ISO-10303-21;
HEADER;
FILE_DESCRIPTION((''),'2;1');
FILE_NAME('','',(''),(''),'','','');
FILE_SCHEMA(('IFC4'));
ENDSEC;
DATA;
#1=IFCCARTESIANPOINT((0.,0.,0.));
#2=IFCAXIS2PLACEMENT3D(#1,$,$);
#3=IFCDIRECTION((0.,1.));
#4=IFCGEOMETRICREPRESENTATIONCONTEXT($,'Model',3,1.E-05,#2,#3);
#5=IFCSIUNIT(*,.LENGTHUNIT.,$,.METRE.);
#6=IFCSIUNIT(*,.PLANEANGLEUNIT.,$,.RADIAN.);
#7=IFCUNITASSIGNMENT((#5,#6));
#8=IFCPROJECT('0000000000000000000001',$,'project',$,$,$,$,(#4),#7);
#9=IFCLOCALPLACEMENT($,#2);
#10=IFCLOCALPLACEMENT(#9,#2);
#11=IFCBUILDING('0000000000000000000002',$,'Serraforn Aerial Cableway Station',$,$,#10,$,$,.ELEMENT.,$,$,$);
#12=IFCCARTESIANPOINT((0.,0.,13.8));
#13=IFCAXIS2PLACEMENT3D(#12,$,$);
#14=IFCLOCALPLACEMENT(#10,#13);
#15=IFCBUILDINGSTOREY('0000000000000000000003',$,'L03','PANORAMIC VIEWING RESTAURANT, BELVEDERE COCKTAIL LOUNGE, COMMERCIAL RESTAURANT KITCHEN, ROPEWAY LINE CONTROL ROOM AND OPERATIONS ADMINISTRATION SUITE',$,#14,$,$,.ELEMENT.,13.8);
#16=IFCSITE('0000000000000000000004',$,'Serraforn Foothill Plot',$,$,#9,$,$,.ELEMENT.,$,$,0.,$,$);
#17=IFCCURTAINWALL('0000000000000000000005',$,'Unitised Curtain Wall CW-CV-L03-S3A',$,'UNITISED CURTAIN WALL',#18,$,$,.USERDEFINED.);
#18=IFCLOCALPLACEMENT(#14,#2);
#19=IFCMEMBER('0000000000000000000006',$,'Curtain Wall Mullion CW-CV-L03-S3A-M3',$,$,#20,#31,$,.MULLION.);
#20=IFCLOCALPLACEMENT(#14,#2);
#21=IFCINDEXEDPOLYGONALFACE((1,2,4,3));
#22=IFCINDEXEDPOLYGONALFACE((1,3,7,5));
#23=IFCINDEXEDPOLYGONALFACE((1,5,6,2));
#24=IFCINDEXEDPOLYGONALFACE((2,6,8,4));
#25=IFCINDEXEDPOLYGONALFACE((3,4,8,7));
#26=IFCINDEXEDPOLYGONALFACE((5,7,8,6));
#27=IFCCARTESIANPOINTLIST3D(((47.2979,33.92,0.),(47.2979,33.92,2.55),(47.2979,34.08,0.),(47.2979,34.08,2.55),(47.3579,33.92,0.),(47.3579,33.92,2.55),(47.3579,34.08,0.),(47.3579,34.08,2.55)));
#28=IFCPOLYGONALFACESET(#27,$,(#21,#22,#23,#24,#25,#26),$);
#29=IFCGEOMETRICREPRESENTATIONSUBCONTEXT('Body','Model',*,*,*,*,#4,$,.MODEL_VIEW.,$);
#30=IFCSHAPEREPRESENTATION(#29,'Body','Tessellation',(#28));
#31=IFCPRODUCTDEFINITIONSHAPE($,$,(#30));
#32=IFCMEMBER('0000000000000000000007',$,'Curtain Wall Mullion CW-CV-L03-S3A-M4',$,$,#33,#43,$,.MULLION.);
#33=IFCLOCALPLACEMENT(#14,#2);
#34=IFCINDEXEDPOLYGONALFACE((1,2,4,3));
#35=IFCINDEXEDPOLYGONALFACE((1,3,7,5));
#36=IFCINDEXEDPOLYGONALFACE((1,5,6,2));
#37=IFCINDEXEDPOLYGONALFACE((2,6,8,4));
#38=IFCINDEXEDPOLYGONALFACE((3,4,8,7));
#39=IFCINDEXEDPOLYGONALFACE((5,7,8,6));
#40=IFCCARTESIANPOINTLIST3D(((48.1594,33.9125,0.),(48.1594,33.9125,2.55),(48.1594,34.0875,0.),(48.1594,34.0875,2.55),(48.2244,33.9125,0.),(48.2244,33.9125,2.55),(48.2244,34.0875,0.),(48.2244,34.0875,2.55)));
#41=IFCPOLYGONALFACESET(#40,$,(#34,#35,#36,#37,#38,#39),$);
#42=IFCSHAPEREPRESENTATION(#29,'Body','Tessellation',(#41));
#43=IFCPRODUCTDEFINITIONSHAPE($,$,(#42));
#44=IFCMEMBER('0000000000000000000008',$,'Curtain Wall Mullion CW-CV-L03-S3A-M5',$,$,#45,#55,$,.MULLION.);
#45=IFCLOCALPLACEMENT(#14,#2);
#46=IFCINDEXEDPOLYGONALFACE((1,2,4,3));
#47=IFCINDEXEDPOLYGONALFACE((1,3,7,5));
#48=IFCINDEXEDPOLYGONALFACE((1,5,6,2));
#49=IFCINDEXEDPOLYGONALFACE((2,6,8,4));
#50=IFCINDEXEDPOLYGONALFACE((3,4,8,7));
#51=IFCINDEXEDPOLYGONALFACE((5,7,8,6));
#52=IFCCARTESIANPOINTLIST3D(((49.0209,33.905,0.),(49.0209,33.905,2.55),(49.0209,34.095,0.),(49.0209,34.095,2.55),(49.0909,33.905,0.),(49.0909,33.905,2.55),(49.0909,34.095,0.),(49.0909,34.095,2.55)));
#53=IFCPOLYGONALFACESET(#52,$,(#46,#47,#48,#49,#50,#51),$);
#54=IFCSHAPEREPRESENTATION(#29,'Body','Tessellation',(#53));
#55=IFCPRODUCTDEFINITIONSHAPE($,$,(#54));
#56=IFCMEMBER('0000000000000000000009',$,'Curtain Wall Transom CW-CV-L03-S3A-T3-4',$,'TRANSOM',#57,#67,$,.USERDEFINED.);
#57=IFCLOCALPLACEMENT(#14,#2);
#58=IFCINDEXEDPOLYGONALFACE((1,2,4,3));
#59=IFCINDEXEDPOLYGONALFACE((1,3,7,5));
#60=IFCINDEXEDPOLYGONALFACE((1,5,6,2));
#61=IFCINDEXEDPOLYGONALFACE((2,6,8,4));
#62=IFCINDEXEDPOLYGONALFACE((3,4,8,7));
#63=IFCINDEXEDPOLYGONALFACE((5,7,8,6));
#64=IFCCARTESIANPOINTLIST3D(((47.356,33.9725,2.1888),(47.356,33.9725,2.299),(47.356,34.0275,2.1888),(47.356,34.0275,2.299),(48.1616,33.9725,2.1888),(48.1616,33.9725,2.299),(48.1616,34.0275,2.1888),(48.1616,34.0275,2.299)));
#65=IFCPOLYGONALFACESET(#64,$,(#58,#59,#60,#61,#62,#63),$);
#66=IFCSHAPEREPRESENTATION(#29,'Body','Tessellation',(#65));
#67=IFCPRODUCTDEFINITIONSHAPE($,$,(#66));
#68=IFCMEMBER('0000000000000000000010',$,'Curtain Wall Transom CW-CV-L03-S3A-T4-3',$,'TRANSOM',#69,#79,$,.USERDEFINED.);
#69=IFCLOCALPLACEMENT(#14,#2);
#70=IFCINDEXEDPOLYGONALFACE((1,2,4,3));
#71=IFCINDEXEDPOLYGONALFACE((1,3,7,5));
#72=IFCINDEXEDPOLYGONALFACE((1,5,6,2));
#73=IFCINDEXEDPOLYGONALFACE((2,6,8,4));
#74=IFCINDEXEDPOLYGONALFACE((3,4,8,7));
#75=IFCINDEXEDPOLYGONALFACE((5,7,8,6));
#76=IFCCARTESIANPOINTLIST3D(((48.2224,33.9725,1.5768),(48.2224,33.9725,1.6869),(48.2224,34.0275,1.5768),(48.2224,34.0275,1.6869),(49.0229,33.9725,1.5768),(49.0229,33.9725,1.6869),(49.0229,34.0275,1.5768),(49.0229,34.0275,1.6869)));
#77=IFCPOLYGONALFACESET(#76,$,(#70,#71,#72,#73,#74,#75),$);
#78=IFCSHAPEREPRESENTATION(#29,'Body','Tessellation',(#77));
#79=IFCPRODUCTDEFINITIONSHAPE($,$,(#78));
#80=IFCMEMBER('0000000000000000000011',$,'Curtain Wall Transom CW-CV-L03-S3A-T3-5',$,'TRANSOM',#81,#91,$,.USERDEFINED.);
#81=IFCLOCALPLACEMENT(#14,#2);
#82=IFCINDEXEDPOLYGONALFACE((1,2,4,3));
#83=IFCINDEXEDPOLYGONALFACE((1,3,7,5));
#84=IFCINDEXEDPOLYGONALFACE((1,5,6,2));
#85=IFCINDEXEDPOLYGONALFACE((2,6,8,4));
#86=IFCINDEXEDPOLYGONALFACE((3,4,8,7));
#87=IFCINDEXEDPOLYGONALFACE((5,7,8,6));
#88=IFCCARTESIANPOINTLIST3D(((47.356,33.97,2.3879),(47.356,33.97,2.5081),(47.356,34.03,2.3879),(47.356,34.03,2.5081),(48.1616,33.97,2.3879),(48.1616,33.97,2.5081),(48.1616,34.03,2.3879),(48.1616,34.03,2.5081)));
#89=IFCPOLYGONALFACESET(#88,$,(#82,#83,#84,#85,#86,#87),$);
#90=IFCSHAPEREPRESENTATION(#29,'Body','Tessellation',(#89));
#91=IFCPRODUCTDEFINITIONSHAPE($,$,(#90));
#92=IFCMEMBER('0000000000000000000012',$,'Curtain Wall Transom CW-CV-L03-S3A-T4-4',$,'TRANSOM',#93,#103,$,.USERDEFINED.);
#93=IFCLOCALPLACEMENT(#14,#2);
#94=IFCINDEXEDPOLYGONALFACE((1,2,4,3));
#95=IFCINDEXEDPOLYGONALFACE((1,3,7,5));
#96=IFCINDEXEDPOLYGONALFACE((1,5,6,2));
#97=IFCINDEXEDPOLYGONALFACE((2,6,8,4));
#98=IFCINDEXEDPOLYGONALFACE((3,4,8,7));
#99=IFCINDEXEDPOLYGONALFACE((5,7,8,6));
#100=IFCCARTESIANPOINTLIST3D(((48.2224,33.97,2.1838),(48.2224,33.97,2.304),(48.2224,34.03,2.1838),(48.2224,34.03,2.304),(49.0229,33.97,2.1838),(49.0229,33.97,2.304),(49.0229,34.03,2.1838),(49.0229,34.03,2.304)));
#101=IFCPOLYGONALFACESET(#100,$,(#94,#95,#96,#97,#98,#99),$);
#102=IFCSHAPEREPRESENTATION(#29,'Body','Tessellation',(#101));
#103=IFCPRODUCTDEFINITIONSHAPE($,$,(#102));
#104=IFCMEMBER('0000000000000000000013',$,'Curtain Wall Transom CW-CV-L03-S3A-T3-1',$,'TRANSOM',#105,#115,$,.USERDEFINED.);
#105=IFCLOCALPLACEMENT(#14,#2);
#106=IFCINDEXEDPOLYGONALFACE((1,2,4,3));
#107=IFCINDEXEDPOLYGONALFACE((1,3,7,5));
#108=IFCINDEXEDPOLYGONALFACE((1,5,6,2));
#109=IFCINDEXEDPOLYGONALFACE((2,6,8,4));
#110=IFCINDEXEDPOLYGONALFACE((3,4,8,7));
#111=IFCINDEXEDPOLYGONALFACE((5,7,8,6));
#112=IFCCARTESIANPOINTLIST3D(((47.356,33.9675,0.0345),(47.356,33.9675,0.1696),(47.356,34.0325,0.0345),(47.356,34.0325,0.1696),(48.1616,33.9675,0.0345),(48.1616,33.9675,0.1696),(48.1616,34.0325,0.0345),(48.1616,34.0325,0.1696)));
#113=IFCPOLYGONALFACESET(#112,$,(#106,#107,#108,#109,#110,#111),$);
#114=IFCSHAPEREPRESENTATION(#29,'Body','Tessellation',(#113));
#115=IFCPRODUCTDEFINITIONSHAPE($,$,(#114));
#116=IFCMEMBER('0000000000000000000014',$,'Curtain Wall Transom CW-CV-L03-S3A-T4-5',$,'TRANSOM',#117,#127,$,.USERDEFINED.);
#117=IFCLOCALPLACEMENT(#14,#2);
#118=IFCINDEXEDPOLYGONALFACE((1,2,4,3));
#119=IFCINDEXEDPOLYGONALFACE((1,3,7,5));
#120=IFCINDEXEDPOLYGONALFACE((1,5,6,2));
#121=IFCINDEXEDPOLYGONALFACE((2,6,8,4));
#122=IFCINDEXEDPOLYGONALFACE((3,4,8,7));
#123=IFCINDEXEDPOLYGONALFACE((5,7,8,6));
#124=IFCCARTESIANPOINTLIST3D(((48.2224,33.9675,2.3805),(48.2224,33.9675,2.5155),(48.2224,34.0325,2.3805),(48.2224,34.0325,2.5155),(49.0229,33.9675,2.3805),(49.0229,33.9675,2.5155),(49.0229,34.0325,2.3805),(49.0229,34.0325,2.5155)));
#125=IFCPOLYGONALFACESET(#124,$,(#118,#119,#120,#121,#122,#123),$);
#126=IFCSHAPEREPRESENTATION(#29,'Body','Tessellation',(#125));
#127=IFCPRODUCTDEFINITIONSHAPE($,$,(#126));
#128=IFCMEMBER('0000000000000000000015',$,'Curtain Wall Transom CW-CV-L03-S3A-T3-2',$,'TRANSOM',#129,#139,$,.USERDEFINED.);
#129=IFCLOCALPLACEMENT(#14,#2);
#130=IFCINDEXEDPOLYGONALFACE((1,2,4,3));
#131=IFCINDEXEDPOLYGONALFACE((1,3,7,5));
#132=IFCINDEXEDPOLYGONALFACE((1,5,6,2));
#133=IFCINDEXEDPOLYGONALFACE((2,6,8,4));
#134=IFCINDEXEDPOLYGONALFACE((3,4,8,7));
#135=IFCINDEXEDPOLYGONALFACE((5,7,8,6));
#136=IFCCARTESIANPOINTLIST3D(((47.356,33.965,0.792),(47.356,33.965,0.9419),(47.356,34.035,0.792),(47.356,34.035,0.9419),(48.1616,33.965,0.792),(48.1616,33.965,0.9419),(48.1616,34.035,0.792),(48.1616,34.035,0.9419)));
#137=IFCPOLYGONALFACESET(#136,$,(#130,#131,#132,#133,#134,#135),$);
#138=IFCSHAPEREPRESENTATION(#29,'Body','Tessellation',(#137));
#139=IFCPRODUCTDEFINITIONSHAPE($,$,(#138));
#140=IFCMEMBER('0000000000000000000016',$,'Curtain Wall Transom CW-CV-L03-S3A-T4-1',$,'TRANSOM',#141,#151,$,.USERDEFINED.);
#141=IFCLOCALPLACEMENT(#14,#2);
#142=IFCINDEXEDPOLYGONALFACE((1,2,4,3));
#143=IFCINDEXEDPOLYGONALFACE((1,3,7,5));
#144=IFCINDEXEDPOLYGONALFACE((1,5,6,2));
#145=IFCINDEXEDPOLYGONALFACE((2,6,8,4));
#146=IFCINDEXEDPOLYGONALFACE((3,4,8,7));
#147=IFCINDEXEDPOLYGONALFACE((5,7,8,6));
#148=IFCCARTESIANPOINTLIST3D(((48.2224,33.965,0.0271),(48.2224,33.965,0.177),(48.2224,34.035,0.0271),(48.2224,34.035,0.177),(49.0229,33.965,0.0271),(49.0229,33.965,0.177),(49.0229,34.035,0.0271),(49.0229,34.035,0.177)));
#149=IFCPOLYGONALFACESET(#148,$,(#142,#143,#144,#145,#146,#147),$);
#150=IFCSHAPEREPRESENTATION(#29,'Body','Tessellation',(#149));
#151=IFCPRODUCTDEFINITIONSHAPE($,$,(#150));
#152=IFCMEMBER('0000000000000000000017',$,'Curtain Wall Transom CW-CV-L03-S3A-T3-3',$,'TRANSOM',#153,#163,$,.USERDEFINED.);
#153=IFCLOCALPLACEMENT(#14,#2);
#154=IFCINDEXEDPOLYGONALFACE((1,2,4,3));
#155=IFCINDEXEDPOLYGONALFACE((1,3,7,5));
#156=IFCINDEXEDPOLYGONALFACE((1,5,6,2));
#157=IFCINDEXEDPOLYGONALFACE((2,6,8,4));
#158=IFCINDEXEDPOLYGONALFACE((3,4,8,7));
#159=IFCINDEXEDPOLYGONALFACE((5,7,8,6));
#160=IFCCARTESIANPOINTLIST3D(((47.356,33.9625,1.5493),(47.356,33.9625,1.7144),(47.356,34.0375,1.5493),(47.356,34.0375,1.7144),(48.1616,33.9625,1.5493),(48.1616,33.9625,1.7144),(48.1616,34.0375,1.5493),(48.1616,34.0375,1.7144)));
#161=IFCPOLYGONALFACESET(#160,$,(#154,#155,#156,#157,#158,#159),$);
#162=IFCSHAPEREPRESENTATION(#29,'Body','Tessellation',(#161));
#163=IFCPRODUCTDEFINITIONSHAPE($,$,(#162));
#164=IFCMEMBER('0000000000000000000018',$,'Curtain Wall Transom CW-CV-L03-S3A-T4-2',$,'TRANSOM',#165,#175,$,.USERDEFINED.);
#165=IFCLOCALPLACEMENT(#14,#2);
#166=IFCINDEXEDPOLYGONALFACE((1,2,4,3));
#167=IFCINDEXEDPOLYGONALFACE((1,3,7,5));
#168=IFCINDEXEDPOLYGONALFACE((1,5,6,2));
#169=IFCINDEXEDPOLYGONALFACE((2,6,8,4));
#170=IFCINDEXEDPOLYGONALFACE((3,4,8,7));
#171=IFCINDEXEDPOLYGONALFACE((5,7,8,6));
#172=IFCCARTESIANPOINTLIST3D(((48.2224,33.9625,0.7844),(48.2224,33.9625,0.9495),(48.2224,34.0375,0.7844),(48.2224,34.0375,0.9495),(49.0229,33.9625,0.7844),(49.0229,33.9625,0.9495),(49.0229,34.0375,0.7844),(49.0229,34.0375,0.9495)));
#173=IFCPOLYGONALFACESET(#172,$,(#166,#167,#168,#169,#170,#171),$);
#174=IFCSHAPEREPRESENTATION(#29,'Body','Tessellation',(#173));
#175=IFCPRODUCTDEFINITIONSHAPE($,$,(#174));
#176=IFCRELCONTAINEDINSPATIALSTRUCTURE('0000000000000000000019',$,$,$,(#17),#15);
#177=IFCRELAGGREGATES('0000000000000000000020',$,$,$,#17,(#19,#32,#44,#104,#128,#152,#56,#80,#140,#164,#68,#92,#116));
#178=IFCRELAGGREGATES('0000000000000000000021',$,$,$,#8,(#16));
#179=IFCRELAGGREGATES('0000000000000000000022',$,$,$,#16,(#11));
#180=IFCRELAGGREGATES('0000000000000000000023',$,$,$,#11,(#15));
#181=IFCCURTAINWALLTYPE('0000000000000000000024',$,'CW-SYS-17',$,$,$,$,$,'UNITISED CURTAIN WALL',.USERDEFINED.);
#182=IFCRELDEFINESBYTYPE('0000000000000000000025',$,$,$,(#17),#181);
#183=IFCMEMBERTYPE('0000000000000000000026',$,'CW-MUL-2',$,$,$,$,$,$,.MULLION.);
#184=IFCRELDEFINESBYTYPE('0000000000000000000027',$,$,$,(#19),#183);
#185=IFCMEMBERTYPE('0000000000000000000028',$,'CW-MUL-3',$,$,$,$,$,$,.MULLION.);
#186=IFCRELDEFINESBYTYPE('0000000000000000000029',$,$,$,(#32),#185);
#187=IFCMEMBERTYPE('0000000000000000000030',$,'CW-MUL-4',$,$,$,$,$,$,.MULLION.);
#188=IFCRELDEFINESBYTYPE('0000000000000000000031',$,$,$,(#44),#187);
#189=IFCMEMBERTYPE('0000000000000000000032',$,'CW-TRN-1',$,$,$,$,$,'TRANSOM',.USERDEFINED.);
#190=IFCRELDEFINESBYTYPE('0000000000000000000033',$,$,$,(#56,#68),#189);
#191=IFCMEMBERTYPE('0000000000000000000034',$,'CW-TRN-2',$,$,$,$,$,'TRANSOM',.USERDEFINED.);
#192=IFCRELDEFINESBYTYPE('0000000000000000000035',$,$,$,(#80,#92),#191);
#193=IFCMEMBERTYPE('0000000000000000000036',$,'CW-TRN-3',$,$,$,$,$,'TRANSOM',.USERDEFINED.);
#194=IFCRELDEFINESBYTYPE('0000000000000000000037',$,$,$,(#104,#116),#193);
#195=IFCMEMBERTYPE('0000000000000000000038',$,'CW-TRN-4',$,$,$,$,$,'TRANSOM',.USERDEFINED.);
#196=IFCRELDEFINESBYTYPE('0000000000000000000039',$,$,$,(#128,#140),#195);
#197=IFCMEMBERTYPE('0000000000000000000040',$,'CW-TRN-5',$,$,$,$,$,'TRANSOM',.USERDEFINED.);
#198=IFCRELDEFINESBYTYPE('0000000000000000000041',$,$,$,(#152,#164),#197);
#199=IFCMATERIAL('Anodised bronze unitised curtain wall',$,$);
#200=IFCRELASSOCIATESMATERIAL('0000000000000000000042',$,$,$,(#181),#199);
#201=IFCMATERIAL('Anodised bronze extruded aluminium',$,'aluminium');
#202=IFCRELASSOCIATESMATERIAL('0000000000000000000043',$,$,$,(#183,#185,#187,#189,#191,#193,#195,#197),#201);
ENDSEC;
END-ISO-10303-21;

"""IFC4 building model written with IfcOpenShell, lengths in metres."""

from ifc_helpers import new_model, si_unit, direction, frame, origin, origin_2d, place, context, subcontext, project, spatial, rectangle, extrude, material, material_profile, profile_set, type_object, element, aggregate, save


model = new_model("IFC4")

# Units and contexts
model_context = context("Model", 3, precision=1e-05, world=origin(), true_north=direction((0.0, 1.0)))
body_context = subcontext(model_context, "Body", "Model", "MODEL_VIEW")
ifc_project = project(units=[si_unit("LENGTHUNIT", "METRE"), si_unit("PLANEANGLEUNIT", "RADIAN")], contexts=[model_context])

# Site, building, storey
site_placement = place(None, origin())
site = spatial("IfcSite", under=ifc_project, at=site_placement, Name="Serraforn Foothill Plot", CompositionType="ELEMENT", RefElevation=0.0)
building_placement = place(site_placement, origin())
building = spatial("IfcBuilding", under=site, at=building_placement, Name="Serraforn Aerial Cableway Station", CompositionType="ELEMENT")
storey_placement = place(building_placement, frame((0.0, 0.0, 13.8)))
storey = spatial("IfcBuildingStorey", under=building, at=storey_placement, Name="L03", Description="PANORAMIC VIEWING RESTAURANT, BELVEDERE COCKTAIL LOUNGE, COMMERCIAL RESTAURANT KITCHEN, ROPEWAY LINE CONTROL ROOM AND OPERATIONS ADMINISTRATION SUITE", CompositionType="ELEMENT", Elevation=13.8)

# Curtain wall, members
ifc_material_1 = material(Name="Anodised bronze unitised curtain wall")
curtain_wall_type = type_object("IfcCurtainWallType", Name="CW-SYS-17", ElementType="UNITISED CURTAIN WALL", PredefinedType="USERDEFINED", material=ifc_material_1)
curtain_wall_placement = place(storey_placement, origin())
curtain_wall = element("IfcCurtainWall", 1, at=curtain_wall_placement, inside=storey, type_object=curtain_wall_type, Name="Unitised Curtain Wall CW-CV-L03-S3A", ObjectType="UNITISED CURTAIN WALL", PredefinedType="USERDEFINED")
ifc_material_2 = material(Name="Anodised bronze extruded aluminium", Category="aluminium")
ifc_material_profile_1 = material_profile(ifc_material_2, rectangle(XDim=0.0601, YDim=0.1599, at=origin_2d()), Name="CW MULLION 60x160")
ifc_profile_set_1 = profile_set([ifc_material_profile_1], Name="Anodised bronze extruded aluminium")
member_type_1 = type_object("IfcMemberType", Name="CW-MUL-2", PredefinedType="MULLION", material=ifc_profile_set_1)
member_1_placement = place(storey_placement, frame((47.3279, 34.0, 0.0), z_axis=(0.0, 0.0, 1.0), x_axis=(1.0, 0.0, 0.0)))
member_1 = element("IfcMember", 2, at=member_1_placement, type_object=member_type_1, Name="Curtain Wall Mullion CW-CV-L03-S3A-M3", PredefinedType="MULLION", context=body_context, shape_type="SweptSolid", body=[
    extrude(rectangle(XDim=0.0601, YDim=0.1599, at=origin_2d()), origin(), (0.0, 0.0, 1.0), 2.55),
])
ifc_material_profile_2 = material_profile(ifc_material_2, rectangle(XDim=0.0649, YDim=0.175, at=origin_2d()), Name="CW MULLION 65x175")
ifc_profile_set_2 = profile_set([ifc_material_profile_2], Name="Anodised bronze extruded aluminium")
member_type_2 = type_object("IfcMemberType", Name="CW-MUL-3", PredefinedType="MULLION", material=ifc_profile_set_2)
member_2_placement = place(storey_placement, frame((48.1919, 34.0, 0.0), z_axis=(0.0, 0.0, 1.0), x_axis=(1.0, 0.0, 0.0)))
member_2 = element("IfcMember", 3, at=member_2_placement, type_object=member_type_2, Name="Curtain Wall Mullion CW-CV-L03-S3A-M4", PredefinedType="MULLION", context=body_context, shape_type="SweptSolid", body=[
    extrude(rectangle(XDim=0.0649, YDim=0.175, at=origin_2d()), origin(), (0.0, 0.0, 1.0), 2.55),
])
ifc_material_profile_3 = material_profile(ifc_material_2, rectangle(XDim=0.0701, YDim=0.1899, at=origin_2d()), Name="CW MULLION 70x190")
ifc_profile_set_3 = profile_set([ifc_material_profile_3], Name="Anodised bronze extruded aluminium")
member_type_3 = type_object("IfcMemberType", Name="CW-MUL-4", PredefinedType="MULLION", material=ifc_profile_set_3)
member_3_placement = place(storey_placement, frame((49.0559, 34.0, 0.0), z_axis=(0.0, 0.0, 1.0), x_axis=(1.0, 0.0, 0.0)))
member_3 = element("IfcMember", 4, at=member_3_placement, type_object=member_type_3, Name="Curtain Wall Mullion CW-CV-L03-S3A-M5", PredefinedType="MULLION", context=body_context, shape_type="SweptSolid", body=[
    extrude(rectangle(XDim=0.0701, YDim=0.1899, at=origin_2d()), origin(), (0.0, 0.0, 1.0), 2.55),
])
ifc_material_profile_4 = material_profile(ifc_material_2, rectangle(XDim=0.0549, YDim=0.1101, at=origin_2d()), Name="CW TRANSOM 55x110")
ifc_profile_set_4 = profile_set([ifc_material_profile_4], Name="Anodised bronze extruded aluminium")
member_type_4 = type_object("IfcMemberType", Name="CW-TRN-1", ElementType="TRANSOM", PredefinedType="USERDEFINED", material=ifc_profile_set_4)
member_4_placement = place(storey_placement, frame((47.356, 34.0, 2.2439), z_axis=(1.0, 0.0, 0.0), x_axis=(0.0, 1.0, 0.0)))
member_4 = element("IfcMember", 5, at=member_4_placement, type_object=member_type_4, Name="Curtain Wall Transom CW-CV-L03-S3A-T3-4", ObjectType="TRANSOM", PredefinedType="USERDEFINED", context=body_context, shape_type="SweptSolid", body=[
    extrude(rectangle(XDim=0.0549, YDim=0.1101, at=origin_2d()), origin(), (0.0, 0.0, 1.0), 0.8057),
])
member_5_placement = place(storey_placement, frame((48.2224, 34.0, 1.6318), z_axis=(1.0, 0.0, 0.0), x_axis=(0.0, 1.0, 0.0)))
member_5 = element("IfcMember", 6, at=member_5_placement, type_object=member_type_4, Name="Curtain Wall Transom CW-CV-L03-S3A-T4-3", ObjectType="TRANSOM", PredefinedType="USERDEFINED", context=body_context, shape_type="SweptSolid", body=[
    extrude(rectangle(XDim=0.0549, YDim=0.1101, at=origin_2d()), origin(), (0.0, 0.0, 1.0), 0.8005),
])
ifc_material_profile_5 = material_profile(ifc_material_2, rectangle(XDim=0.0601, YDim=0.1201, at=origin_2d()), Name="CW TRANSOM 60x120")
ifc_profile_set_5 = profile_set([ifc_material_profile_5], Name="Anodised bronze extruded aluminium")
member_type_5 = type_object("IfcMemberType", Name="CW-TRN-2", ElementType="TRANSOM", PredefinedType="USERDEFINED", material=ifc_profile_set_5)
member_6_placement = place(storey_placement, frame((47.356, 34.0, 2.448), z_axis=(1.0, 0.0, 0.0), x_axis=(0.0, 1.0, 0.0)))
member_6 = element("IfcMember", 7, at=member_6_placement, type_object=member_type_5, Name="Curtain Wall Transom CW-CV-L03-S3A-T3-5", ObjectType="TRANSOM", PredefinedType="USERDEFINED", context=body_context, shape_type="SweptSolid", body=[
    extrude(rectangle(XDim=0.0601, YDim=0.1201, at=origin_2d()), origin(), (0.0, 0.0, 1.0), 0.8057),
])
member_7_placement = place(storey_placement, frame((48.2224, 34.0, 2.2439), z_axis=(1.0, 0.0, 0.0), x_axis=(0.0, 1.0, 0.0)))
member_7 = element("IfcMember", 8, at=member_7_placement, type_object=member_type_5, Name="Curtain Wall Transom CW-CV-L03-S3A-T4-4", ObjectType="TRANSOM", PredefinedType="USERDEFINED", context=body_context, shape_type="SweptSolid", body=[
    extrude(rectangle(XDim=0.0601, YDim=0.1201, at=origin_2d()), origin(), (0.0, 0.0, 1.0), 0.8005),
])
ifc_material_profile_6 = material_profile(ifc_material_2, rectangle(XDim=0.0649, YDim=0.135, at=origin_2d()), Name="CW TRANSOM 65x135")
ifc_profile_set_6 = profile_set([ifc_material_profile_6], Name="Anodised bronze extruded aluminium")
member_type_6 = type_object("IfcMemberType", Name="CW-TRN-3", ElementType="TRANSOM", PredefinedType="USERDEFINED", material=ifc_profile_set_6)
member_8_placement = place(storey_placement, frame((47.356, 34.0, 0.1021), z_axis=(1.0, 0.0, 0.0), x_axis=(0.0, 1.0, 0.0)))
member_8 = element("IfcMember", 9, at=member_8_placement, type_object=member_type_6, Name="Curtain Wall Transom CW-CV-L03-S3A-T3-1", ObjectType="TRANSOM", PredefinedType="USERDEFINED", context=body_context, shape_type="SweptSolid", body=[
    extrude(rectangle(XDim=0.0649, YDim=0.135, at=origin_2d()), origin(), (0.0, 0.0, 1.0), 0.8057),
])
member_9_placement = place(storey_placement, frame((48.2224, 34.0, 2.448), z_axis=(1.0, 0.0, 0.0), x_axis=(0.0, 1.0, 0.0)))
member_9 = element("IfcMember", 10, at=member_9_placement, type_object=member_type_6, Name="Curtain Wall Transom CW-CV-L03-S3A-T4-5", ObjectType="TRANSOM", PredefinedType="USERDEFINED", context=body_context, shape_type="SweptSolid", body=[
    extrude(rectangle(XDim=0.0649, YDim=0.135, at=origin_2d()), origin(), (0.0, 0.0, 1.0), 0.8005),
])
ifc_material_profile_7 = material_profile(ifc_material_2, rectangle(XDim=0.0701, YDim=0.1499, at=origin_2d()), Name="CW TRANSOM 70x150")
ifc_profile_set_7 = profile_set([ifc_material_profile_7], Name="Anodised bronze extruded aluminium")
member_type_7 = type_object("IfcMemberType", Name="CW-TRN-4", ElementType="TRANSOM", PredefinedType="USERDEFINED", material=ifc_profile_set_7)
member_10_placement = place(storey_placement, frame((47.356, 34.0, 0.8669), z_axis=(1.0, 0.0, 0.0), x_axis=(0.0, 1.0, 0.0)))
member_10 = element("IfcMember", 11, at=member_10_placement, type_object=member_type_7, Name="Curtain Wall Transom CW-CV-L03-S3A-T3-2", ObjectType="TRANSOM", PredefinedType="USERDEFINED", context=body_context, shape_type="SweptSolid", body=[
    extrude(rectangle(XDim=0.0701, YDim=0.1499, at=origin_2d()), origin(), (0.0, 0.0, 1.0), 0.8057),
])
member_11_placement = place(storey_placement, frame((48.2224, 34.0, 0.1021), z_axis=(1.0, 0.0, 0.0), x_axis=(0.0, 1.0, 0.0)))
member_11 = element("IfcMember", 12, at=member_11_placement, type_object=member_type_7, Name="Curtain Wall Transom CW-CV-L03-S3A-T4-1", ObjectType="TRANSOM", PredefinedType="USERDEFINED", context=body_context, shape_type="SweptSolid", body=[
    extrude(rectangle(XDim=0.0701, YDim=0.1499, at=origin_2d()), origin(), (0.0, 0.0, 1.0), 0.8005),
])
ifc_material_profile_8 = material_profile(ifc_material_2, rectangle(XDim=0.075, YDim=0.165, at=origin_2d()), Name="CW TRANSOM 75x165")
ifc_profile_set_8 = profile_set([ifc_material_profile_8], Name="Anodised bronze extruded aluminium")
member_type_8 = type_object("IfcMemberType", Name="CW-TRN-5", ElementType="TRANSOM", PredefinedType="USERDEFINED", material=ifc_profile_set_8)
member_12_placement = place(storey_placement, frame((47.356, 34.0, 1.6318), z_axis=(1.0, 0.0, 0.0), x_axis=(0.0, 1.0, 0.0)))
member_12 = element("IfcMember", 13, at=member_12_placement, type_object=member_type_8, Name="Curtain Wall Transom CW-CV-L03-S3A-T3-3", ObjectType="TRANSOM", PredefinedType="USERDEFINED", context=body_context, shape_type="SweptSolid", body=[
    extrude(rectangle(XDim=0.075, YDim=0.165, at=origin_2d()), origin(), (0.0, 0.0, 1.0), 0.8057),
])
member_13_placement = place(storey_placement, frame((48.2224, 34.0, 0.8669), z_axis=(1.0, 0.0, 0.0), x_axis=(0.0, 1.0, 0.0)))
member_13 = element("IfcMember", 14, at=member_13_placement, type_object=member_type_8, Name="Curtain Wall Transom CW-CV-L03-S3A-T4-2", ObjectType="TRANSOM", PredefinedType="USERDEFINED", context=body_context, shape_type="SweptSolid", body=[
    extrude(rectangle(XDim=0.075, YDim=0.165, at=origin_2d()), origin(), (0.0, 0.0, 1.0), 0.8005),
])
aggregate(curtain_wall, [member_1, member_2, member_3, member_8, member_10, member_12, member_4, member_6, member_11, member_13, member_5, member_7, member_9])

save(model, "model.ifc")
